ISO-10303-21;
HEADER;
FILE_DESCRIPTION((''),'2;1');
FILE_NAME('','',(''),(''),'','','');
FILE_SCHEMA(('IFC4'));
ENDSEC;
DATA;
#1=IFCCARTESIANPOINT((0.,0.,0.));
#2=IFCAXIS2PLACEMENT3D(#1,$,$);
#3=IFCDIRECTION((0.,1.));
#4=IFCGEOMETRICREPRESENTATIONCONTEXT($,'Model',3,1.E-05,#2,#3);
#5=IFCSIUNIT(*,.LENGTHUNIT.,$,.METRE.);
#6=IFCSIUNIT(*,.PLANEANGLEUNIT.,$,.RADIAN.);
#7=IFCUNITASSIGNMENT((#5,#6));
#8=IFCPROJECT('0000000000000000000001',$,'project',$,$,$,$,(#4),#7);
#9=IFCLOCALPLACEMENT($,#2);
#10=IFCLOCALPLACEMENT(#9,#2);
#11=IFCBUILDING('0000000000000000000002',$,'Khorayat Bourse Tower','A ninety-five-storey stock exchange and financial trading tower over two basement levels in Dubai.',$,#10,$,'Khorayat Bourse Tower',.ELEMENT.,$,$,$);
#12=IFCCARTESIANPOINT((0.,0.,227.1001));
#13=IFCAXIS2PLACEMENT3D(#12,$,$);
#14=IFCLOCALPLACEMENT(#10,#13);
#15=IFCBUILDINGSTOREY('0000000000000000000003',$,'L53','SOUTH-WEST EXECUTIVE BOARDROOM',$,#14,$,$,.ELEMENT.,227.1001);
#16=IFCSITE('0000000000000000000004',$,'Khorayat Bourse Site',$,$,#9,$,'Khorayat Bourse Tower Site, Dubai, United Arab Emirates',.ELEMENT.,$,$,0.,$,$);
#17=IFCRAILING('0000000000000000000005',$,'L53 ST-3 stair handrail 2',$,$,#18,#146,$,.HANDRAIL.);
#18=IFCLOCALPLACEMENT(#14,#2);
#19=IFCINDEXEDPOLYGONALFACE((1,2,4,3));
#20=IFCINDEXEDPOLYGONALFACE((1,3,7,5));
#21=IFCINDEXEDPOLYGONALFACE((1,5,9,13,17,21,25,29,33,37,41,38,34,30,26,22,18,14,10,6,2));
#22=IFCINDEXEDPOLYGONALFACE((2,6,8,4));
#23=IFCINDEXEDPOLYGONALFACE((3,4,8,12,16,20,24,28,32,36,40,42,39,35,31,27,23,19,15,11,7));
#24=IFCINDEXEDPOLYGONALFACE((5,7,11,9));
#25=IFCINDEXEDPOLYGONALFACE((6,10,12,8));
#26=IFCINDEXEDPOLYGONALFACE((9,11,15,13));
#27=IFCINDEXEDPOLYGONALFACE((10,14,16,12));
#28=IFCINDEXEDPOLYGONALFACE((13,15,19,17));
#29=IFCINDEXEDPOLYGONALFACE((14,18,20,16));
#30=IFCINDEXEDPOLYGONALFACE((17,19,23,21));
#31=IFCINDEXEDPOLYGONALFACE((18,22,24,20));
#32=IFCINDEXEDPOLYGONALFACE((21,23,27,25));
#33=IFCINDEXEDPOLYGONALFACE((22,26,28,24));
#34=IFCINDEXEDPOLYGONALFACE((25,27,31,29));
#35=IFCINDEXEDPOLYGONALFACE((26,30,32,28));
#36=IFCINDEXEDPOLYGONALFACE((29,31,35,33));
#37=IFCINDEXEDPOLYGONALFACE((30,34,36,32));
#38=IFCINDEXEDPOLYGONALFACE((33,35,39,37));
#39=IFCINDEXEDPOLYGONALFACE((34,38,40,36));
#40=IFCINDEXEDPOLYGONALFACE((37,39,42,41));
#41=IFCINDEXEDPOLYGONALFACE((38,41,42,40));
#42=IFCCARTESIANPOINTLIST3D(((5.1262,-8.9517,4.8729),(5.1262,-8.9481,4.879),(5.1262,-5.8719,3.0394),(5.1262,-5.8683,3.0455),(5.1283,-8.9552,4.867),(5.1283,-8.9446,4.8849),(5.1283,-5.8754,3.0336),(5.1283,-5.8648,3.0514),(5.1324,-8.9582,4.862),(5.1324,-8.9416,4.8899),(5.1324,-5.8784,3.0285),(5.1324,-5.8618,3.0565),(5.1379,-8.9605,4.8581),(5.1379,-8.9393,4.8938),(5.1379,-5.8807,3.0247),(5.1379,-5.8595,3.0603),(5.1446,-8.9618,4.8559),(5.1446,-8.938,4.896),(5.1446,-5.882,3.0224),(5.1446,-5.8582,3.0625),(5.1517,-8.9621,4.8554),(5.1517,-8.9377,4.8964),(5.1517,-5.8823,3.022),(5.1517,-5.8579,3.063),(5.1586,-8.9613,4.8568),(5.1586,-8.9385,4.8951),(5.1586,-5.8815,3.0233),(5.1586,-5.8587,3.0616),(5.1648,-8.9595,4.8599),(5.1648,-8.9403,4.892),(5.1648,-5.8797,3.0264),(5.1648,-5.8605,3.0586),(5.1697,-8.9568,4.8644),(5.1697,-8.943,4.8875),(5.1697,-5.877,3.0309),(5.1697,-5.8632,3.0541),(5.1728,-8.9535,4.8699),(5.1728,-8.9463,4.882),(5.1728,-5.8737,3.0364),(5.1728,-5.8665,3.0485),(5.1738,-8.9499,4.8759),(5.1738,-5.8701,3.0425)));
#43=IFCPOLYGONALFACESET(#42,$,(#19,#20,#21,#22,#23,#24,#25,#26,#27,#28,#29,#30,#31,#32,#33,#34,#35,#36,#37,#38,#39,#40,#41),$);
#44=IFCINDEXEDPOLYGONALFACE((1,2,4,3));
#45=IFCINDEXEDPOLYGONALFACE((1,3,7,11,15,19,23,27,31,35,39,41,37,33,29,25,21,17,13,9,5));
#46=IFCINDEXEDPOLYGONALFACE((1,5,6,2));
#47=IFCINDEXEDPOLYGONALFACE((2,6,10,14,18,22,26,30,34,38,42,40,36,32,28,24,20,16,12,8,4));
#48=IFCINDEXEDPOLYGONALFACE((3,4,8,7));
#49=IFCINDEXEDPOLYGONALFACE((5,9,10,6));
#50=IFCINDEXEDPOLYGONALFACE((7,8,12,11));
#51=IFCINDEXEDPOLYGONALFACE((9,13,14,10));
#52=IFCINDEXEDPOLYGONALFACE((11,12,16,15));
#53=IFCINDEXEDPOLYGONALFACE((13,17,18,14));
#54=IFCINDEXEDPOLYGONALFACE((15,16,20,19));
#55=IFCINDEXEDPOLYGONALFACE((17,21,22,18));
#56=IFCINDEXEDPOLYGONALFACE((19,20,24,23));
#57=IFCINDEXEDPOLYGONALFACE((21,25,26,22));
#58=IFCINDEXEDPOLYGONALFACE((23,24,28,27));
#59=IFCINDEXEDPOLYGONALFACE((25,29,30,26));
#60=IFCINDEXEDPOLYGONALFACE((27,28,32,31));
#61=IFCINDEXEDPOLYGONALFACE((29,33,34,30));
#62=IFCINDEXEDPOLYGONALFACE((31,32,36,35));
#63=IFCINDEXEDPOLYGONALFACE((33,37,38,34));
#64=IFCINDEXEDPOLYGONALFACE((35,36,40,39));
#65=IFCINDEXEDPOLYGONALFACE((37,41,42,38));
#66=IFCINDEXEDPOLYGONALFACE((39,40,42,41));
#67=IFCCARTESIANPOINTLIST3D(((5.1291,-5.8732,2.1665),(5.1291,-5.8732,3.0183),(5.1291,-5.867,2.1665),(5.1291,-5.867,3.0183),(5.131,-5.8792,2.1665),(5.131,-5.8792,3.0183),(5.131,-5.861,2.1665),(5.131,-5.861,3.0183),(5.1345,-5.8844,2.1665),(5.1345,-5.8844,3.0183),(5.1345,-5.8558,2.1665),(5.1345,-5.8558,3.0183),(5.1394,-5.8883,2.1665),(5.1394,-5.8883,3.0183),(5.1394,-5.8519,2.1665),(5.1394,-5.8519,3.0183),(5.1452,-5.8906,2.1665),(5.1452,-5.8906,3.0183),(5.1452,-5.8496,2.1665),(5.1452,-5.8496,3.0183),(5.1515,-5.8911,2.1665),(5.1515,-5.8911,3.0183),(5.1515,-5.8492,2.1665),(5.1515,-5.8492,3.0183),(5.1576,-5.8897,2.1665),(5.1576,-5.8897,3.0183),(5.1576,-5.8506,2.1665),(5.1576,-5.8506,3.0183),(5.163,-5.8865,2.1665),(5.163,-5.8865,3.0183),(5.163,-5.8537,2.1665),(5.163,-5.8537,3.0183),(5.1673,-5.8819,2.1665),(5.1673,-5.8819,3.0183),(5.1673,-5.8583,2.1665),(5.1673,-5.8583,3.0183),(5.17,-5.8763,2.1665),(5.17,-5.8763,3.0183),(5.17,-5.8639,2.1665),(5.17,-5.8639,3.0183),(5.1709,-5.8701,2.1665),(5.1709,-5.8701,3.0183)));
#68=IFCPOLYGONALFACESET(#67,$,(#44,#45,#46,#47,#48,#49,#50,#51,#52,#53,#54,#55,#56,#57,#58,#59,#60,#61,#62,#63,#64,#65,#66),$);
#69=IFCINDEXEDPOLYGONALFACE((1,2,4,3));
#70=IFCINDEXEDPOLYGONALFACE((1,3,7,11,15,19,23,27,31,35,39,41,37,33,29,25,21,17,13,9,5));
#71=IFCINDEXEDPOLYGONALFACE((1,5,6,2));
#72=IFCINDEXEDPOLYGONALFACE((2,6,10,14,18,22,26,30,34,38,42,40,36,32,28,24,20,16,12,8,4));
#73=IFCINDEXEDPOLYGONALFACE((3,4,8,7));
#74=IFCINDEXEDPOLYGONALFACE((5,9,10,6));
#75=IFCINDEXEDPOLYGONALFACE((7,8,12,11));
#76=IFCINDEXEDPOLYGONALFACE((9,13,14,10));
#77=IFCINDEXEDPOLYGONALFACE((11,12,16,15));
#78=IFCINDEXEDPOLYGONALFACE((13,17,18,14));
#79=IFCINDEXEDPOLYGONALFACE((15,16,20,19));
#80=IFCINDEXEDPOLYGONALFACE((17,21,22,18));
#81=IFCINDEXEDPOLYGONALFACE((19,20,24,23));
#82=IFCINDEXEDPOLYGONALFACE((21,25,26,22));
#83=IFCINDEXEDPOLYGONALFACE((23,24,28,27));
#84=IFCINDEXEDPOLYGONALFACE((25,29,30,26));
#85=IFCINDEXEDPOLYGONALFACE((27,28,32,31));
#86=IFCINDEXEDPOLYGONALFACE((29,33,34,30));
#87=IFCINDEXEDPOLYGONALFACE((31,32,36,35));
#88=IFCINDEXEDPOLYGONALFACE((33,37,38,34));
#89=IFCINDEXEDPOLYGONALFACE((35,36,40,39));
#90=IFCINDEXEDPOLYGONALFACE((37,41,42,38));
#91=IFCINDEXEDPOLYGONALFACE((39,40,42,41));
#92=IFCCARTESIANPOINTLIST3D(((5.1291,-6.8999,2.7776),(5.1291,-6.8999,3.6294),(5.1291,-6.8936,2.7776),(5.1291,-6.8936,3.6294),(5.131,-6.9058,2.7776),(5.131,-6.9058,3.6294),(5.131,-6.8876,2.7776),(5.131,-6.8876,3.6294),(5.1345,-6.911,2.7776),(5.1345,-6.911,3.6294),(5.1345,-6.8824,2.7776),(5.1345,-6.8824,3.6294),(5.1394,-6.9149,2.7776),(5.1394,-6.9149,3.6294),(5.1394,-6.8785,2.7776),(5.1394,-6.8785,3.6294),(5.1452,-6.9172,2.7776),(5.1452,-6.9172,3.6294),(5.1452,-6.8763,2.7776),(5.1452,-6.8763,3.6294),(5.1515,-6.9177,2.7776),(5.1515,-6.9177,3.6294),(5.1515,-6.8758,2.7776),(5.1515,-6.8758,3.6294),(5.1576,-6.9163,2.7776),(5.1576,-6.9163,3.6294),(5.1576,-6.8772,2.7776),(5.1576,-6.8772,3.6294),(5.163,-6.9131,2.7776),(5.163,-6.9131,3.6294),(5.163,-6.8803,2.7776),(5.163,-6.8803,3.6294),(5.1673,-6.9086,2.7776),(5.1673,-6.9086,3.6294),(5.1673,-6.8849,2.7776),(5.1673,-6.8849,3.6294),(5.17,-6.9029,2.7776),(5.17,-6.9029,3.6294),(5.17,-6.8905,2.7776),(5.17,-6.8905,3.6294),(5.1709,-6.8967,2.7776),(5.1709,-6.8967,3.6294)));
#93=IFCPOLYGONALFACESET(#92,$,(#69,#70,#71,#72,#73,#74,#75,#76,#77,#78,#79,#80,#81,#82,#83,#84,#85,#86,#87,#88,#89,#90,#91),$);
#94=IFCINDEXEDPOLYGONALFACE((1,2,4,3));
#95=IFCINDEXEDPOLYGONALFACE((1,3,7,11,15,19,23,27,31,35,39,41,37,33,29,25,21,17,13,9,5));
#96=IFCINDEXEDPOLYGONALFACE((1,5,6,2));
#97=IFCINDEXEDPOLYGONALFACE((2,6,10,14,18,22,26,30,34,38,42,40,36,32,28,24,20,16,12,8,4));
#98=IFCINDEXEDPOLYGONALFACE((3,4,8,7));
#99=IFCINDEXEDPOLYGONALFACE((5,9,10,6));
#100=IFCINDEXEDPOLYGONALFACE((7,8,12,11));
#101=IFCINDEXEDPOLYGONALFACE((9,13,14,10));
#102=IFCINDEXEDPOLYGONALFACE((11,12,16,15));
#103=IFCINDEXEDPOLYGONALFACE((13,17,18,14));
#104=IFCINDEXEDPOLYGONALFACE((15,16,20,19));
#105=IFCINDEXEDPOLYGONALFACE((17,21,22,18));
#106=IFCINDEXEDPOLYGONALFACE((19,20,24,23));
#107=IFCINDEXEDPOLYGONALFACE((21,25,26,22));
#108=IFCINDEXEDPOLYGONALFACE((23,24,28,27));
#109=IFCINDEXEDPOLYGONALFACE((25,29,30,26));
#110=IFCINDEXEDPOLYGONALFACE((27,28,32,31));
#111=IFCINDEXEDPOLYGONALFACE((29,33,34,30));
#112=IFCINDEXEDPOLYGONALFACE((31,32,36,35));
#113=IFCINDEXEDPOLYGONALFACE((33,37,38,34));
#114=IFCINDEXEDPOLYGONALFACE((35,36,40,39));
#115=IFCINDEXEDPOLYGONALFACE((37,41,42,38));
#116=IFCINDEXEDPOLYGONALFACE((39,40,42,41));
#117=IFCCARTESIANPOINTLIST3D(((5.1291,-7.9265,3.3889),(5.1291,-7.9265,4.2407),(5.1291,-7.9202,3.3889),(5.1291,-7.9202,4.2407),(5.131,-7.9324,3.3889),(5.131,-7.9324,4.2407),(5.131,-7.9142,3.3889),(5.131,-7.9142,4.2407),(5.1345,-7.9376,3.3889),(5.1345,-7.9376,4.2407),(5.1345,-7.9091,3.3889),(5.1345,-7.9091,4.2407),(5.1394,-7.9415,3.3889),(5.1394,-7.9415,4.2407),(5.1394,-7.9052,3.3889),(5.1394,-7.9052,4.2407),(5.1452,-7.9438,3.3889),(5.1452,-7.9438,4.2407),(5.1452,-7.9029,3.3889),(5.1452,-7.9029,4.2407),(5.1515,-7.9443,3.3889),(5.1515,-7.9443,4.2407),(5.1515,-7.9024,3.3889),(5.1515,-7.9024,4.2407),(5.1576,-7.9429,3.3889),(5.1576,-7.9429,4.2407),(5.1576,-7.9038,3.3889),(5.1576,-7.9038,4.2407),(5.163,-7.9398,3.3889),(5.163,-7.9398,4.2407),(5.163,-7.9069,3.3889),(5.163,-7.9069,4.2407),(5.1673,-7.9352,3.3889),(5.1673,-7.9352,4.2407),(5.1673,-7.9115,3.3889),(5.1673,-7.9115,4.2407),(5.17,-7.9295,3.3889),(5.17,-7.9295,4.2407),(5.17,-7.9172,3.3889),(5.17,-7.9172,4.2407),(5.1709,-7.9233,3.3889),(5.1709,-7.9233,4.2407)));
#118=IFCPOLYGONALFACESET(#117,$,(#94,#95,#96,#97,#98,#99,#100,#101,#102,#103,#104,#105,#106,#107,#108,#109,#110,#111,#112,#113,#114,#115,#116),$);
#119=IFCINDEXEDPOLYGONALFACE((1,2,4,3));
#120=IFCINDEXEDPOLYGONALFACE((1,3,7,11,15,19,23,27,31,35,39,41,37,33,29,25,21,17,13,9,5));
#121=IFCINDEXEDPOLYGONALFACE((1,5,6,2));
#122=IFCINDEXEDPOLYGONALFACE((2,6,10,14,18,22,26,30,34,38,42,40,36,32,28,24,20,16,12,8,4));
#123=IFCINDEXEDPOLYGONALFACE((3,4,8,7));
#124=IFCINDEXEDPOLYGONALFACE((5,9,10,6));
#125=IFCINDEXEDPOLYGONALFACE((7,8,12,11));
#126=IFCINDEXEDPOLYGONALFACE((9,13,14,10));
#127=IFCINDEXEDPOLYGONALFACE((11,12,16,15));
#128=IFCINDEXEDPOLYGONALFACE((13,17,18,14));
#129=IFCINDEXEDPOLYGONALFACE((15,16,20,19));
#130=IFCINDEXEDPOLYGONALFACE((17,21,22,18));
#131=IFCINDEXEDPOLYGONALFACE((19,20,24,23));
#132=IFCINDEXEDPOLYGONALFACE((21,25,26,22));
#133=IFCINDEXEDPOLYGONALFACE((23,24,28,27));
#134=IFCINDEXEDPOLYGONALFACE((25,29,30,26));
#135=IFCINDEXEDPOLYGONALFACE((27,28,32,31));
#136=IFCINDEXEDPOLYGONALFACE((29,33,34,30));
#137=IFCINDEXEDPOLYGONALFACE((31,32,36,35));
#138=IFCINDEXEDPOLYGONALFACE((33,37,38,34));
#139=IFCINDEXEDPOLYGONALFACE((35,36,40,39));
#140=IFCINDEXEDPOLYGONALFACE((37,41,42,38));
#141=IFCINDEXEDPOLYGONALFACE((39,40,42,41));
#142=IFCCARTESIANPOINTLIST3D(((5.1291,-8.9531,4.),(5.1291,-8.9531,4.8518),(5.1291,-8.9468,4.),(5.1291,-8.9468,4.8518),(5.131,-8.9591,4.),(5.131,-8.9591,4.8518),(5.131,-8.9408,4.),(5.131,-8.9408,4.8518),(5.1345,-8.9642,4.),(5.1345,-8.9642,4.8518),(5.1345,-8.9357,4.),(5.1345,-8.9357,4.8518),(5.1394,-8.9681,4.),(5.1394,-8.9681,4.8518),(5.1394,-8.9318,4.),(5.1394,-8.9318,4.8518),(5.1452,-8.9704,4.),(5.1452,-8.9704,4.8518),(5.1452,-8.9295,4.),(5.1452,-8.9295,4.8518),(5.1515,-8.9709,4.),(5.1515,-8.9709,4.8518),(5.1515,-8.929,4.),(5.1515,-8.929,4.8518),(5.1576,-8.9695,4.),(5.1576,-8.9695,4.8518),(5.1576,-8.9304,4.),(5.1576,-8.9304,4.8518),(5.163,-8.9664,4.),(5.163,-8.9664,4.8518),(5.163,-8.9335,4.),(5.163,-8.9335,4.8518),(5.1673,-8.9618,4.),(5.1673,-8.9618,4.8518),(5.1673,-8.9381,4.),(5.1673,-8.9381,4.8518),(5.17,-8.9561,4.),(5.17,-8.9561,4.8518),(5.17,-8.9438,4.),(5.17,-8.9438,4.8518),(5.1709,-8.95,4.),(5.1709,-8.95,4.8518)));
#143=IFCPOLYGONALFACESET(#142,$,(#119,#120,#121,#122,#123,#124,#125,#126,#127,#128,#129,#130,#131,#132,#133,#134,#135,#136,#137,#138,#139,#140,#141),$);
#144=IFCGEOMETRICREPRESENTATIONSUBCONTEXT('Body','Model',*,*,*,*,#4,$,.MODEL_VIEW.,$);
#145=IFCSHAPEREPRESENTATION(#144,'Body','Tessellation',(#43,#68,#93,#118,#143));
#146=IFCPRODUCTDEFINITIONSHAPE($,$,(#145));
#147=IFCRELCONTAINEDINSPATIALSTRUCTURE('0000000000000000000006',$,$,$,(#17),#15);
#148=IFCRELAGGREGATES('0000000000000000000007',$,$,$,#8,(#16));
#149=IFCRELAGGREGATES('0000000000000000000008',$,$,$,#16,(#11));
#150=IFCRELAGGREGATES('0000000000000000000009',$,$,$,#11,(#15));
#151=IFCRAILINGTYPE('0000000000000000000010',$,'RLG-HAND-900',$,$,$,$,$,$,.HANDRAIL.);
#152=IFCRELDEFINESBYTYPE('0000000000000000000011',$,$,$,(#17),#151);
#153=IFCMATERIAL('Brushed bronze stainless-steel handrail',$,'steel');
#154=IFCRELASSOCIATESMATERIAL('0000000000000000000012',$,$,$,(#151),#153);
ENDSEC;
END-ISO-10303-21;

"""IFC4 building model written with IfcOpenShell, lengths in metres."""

from ifc_helpers import new_model, si_unit, direction, frame, origin, origin_2d, place, context, subcontext, project, spatial, circle, extrude, source, transform, mapped, material, type_object, element, save


model = new_model("IFC4")

# Units and contexts
model_context = context("Model", 3, precision=1e-05, world=origin(), true_north=direction((0.0, 1.0)))
body_context = subcontext(model_context, "Body", "Model", "MODEL_VIEW")
ifc_project = project(units=[si_unit("LENGTHUNIT", "METRE"), si_unit("PLANEANGLEUNIT", "RADIAN")], contexts=[model_context])

# Site, building, storey
site_placement = place(None, origin())
site = spatial("IfcSite", under=ifc_project, at=site_placement, Name="Khorayat Bourse Site", LongName="Khorayat Bourse Tower Site, Dubai, United Arab Emirates", CompositionType="ELEMENT", RefElevation=0.0)
building_placement = place(site_placement, origin())
building = spatial("IfcBuilding", under=site, at=building_placement, Name="Khorayat Bourse Tower", Description="A ninety-five-storey stock exchange and financial trading tower over two basement levels in Dubai.", LongName="Khorayat Bourse Tower", CompositionType="ELEMENT")
storey_placement = place(building_placement, frame((0.0, 0.0, 227.1001)))
storey = spatial("IfcBuildingStorey", under=building, at=storey_placement, Name="L53", Description="SOUTH-WEST EXECUTIVE BOARDROOM", CompositionType="ELEMENT", Elevation=227.1001)

# Railing
ifc_material_1 = material(Name="Brushed bronze stainless-steel handrail", Category="steel")
railing_type_1 = type_object("IfcRailingType", Name="RLG-HAND-900", PredefinedType="HANDRAIL", material=ifc_material_1)
shared_shape_1 = source(origin(), body_context, "Body", "SweptSolid", [
    extrude(circle(Radius=0.0239, at=origin_2d()), frame((0.0, 0.0, 0.876), z_axis=(0.0, -0.859261, 0.511538), x_axis=(1.0, 0.0, 0.0)), (0.0, 0.0, 1.0), 3.5842),
    extrude(circle(Radius=0.021, at=origin_2d()), origin(), (0.0, 0.0, 1.0), 0.8518),
    extrude(circle(Radius=0.021, at=origin_2d()), frame((0.0, -1.0266, 0.6111)), (0.0, 0.0, 1.0), 0.8518),
    extrude(circle(Radius=0.021, at=origin_2d()), frame((0.0, -2.0532, 1.2224)), (0.0, 0.0, 1.0), 0.8518),
    extrude(circle(Radius=0.021, at=origin_2d()), frame((0.0, -3.0798, 1.8335)), (0.0, 0.0, 1.0), 0.8518),
])
railing_1_placement = place(storey_placement, frame((5.1499, -5.8701, 2.1665)))
element("IfcRailing", 1, at=railing_1_placement, inside=storey, type_object=railing_type_1, Name="L53 ST-3 stair handrail 2", PredefinedType="HANDRAIL", context=body_context, shape_type="MappedRepresentation", body=[
    mapped(shared_shape_1, transform((0.0, 0.0, 0.0), scale=1.0)),
])

save(model, "model.ifc")
